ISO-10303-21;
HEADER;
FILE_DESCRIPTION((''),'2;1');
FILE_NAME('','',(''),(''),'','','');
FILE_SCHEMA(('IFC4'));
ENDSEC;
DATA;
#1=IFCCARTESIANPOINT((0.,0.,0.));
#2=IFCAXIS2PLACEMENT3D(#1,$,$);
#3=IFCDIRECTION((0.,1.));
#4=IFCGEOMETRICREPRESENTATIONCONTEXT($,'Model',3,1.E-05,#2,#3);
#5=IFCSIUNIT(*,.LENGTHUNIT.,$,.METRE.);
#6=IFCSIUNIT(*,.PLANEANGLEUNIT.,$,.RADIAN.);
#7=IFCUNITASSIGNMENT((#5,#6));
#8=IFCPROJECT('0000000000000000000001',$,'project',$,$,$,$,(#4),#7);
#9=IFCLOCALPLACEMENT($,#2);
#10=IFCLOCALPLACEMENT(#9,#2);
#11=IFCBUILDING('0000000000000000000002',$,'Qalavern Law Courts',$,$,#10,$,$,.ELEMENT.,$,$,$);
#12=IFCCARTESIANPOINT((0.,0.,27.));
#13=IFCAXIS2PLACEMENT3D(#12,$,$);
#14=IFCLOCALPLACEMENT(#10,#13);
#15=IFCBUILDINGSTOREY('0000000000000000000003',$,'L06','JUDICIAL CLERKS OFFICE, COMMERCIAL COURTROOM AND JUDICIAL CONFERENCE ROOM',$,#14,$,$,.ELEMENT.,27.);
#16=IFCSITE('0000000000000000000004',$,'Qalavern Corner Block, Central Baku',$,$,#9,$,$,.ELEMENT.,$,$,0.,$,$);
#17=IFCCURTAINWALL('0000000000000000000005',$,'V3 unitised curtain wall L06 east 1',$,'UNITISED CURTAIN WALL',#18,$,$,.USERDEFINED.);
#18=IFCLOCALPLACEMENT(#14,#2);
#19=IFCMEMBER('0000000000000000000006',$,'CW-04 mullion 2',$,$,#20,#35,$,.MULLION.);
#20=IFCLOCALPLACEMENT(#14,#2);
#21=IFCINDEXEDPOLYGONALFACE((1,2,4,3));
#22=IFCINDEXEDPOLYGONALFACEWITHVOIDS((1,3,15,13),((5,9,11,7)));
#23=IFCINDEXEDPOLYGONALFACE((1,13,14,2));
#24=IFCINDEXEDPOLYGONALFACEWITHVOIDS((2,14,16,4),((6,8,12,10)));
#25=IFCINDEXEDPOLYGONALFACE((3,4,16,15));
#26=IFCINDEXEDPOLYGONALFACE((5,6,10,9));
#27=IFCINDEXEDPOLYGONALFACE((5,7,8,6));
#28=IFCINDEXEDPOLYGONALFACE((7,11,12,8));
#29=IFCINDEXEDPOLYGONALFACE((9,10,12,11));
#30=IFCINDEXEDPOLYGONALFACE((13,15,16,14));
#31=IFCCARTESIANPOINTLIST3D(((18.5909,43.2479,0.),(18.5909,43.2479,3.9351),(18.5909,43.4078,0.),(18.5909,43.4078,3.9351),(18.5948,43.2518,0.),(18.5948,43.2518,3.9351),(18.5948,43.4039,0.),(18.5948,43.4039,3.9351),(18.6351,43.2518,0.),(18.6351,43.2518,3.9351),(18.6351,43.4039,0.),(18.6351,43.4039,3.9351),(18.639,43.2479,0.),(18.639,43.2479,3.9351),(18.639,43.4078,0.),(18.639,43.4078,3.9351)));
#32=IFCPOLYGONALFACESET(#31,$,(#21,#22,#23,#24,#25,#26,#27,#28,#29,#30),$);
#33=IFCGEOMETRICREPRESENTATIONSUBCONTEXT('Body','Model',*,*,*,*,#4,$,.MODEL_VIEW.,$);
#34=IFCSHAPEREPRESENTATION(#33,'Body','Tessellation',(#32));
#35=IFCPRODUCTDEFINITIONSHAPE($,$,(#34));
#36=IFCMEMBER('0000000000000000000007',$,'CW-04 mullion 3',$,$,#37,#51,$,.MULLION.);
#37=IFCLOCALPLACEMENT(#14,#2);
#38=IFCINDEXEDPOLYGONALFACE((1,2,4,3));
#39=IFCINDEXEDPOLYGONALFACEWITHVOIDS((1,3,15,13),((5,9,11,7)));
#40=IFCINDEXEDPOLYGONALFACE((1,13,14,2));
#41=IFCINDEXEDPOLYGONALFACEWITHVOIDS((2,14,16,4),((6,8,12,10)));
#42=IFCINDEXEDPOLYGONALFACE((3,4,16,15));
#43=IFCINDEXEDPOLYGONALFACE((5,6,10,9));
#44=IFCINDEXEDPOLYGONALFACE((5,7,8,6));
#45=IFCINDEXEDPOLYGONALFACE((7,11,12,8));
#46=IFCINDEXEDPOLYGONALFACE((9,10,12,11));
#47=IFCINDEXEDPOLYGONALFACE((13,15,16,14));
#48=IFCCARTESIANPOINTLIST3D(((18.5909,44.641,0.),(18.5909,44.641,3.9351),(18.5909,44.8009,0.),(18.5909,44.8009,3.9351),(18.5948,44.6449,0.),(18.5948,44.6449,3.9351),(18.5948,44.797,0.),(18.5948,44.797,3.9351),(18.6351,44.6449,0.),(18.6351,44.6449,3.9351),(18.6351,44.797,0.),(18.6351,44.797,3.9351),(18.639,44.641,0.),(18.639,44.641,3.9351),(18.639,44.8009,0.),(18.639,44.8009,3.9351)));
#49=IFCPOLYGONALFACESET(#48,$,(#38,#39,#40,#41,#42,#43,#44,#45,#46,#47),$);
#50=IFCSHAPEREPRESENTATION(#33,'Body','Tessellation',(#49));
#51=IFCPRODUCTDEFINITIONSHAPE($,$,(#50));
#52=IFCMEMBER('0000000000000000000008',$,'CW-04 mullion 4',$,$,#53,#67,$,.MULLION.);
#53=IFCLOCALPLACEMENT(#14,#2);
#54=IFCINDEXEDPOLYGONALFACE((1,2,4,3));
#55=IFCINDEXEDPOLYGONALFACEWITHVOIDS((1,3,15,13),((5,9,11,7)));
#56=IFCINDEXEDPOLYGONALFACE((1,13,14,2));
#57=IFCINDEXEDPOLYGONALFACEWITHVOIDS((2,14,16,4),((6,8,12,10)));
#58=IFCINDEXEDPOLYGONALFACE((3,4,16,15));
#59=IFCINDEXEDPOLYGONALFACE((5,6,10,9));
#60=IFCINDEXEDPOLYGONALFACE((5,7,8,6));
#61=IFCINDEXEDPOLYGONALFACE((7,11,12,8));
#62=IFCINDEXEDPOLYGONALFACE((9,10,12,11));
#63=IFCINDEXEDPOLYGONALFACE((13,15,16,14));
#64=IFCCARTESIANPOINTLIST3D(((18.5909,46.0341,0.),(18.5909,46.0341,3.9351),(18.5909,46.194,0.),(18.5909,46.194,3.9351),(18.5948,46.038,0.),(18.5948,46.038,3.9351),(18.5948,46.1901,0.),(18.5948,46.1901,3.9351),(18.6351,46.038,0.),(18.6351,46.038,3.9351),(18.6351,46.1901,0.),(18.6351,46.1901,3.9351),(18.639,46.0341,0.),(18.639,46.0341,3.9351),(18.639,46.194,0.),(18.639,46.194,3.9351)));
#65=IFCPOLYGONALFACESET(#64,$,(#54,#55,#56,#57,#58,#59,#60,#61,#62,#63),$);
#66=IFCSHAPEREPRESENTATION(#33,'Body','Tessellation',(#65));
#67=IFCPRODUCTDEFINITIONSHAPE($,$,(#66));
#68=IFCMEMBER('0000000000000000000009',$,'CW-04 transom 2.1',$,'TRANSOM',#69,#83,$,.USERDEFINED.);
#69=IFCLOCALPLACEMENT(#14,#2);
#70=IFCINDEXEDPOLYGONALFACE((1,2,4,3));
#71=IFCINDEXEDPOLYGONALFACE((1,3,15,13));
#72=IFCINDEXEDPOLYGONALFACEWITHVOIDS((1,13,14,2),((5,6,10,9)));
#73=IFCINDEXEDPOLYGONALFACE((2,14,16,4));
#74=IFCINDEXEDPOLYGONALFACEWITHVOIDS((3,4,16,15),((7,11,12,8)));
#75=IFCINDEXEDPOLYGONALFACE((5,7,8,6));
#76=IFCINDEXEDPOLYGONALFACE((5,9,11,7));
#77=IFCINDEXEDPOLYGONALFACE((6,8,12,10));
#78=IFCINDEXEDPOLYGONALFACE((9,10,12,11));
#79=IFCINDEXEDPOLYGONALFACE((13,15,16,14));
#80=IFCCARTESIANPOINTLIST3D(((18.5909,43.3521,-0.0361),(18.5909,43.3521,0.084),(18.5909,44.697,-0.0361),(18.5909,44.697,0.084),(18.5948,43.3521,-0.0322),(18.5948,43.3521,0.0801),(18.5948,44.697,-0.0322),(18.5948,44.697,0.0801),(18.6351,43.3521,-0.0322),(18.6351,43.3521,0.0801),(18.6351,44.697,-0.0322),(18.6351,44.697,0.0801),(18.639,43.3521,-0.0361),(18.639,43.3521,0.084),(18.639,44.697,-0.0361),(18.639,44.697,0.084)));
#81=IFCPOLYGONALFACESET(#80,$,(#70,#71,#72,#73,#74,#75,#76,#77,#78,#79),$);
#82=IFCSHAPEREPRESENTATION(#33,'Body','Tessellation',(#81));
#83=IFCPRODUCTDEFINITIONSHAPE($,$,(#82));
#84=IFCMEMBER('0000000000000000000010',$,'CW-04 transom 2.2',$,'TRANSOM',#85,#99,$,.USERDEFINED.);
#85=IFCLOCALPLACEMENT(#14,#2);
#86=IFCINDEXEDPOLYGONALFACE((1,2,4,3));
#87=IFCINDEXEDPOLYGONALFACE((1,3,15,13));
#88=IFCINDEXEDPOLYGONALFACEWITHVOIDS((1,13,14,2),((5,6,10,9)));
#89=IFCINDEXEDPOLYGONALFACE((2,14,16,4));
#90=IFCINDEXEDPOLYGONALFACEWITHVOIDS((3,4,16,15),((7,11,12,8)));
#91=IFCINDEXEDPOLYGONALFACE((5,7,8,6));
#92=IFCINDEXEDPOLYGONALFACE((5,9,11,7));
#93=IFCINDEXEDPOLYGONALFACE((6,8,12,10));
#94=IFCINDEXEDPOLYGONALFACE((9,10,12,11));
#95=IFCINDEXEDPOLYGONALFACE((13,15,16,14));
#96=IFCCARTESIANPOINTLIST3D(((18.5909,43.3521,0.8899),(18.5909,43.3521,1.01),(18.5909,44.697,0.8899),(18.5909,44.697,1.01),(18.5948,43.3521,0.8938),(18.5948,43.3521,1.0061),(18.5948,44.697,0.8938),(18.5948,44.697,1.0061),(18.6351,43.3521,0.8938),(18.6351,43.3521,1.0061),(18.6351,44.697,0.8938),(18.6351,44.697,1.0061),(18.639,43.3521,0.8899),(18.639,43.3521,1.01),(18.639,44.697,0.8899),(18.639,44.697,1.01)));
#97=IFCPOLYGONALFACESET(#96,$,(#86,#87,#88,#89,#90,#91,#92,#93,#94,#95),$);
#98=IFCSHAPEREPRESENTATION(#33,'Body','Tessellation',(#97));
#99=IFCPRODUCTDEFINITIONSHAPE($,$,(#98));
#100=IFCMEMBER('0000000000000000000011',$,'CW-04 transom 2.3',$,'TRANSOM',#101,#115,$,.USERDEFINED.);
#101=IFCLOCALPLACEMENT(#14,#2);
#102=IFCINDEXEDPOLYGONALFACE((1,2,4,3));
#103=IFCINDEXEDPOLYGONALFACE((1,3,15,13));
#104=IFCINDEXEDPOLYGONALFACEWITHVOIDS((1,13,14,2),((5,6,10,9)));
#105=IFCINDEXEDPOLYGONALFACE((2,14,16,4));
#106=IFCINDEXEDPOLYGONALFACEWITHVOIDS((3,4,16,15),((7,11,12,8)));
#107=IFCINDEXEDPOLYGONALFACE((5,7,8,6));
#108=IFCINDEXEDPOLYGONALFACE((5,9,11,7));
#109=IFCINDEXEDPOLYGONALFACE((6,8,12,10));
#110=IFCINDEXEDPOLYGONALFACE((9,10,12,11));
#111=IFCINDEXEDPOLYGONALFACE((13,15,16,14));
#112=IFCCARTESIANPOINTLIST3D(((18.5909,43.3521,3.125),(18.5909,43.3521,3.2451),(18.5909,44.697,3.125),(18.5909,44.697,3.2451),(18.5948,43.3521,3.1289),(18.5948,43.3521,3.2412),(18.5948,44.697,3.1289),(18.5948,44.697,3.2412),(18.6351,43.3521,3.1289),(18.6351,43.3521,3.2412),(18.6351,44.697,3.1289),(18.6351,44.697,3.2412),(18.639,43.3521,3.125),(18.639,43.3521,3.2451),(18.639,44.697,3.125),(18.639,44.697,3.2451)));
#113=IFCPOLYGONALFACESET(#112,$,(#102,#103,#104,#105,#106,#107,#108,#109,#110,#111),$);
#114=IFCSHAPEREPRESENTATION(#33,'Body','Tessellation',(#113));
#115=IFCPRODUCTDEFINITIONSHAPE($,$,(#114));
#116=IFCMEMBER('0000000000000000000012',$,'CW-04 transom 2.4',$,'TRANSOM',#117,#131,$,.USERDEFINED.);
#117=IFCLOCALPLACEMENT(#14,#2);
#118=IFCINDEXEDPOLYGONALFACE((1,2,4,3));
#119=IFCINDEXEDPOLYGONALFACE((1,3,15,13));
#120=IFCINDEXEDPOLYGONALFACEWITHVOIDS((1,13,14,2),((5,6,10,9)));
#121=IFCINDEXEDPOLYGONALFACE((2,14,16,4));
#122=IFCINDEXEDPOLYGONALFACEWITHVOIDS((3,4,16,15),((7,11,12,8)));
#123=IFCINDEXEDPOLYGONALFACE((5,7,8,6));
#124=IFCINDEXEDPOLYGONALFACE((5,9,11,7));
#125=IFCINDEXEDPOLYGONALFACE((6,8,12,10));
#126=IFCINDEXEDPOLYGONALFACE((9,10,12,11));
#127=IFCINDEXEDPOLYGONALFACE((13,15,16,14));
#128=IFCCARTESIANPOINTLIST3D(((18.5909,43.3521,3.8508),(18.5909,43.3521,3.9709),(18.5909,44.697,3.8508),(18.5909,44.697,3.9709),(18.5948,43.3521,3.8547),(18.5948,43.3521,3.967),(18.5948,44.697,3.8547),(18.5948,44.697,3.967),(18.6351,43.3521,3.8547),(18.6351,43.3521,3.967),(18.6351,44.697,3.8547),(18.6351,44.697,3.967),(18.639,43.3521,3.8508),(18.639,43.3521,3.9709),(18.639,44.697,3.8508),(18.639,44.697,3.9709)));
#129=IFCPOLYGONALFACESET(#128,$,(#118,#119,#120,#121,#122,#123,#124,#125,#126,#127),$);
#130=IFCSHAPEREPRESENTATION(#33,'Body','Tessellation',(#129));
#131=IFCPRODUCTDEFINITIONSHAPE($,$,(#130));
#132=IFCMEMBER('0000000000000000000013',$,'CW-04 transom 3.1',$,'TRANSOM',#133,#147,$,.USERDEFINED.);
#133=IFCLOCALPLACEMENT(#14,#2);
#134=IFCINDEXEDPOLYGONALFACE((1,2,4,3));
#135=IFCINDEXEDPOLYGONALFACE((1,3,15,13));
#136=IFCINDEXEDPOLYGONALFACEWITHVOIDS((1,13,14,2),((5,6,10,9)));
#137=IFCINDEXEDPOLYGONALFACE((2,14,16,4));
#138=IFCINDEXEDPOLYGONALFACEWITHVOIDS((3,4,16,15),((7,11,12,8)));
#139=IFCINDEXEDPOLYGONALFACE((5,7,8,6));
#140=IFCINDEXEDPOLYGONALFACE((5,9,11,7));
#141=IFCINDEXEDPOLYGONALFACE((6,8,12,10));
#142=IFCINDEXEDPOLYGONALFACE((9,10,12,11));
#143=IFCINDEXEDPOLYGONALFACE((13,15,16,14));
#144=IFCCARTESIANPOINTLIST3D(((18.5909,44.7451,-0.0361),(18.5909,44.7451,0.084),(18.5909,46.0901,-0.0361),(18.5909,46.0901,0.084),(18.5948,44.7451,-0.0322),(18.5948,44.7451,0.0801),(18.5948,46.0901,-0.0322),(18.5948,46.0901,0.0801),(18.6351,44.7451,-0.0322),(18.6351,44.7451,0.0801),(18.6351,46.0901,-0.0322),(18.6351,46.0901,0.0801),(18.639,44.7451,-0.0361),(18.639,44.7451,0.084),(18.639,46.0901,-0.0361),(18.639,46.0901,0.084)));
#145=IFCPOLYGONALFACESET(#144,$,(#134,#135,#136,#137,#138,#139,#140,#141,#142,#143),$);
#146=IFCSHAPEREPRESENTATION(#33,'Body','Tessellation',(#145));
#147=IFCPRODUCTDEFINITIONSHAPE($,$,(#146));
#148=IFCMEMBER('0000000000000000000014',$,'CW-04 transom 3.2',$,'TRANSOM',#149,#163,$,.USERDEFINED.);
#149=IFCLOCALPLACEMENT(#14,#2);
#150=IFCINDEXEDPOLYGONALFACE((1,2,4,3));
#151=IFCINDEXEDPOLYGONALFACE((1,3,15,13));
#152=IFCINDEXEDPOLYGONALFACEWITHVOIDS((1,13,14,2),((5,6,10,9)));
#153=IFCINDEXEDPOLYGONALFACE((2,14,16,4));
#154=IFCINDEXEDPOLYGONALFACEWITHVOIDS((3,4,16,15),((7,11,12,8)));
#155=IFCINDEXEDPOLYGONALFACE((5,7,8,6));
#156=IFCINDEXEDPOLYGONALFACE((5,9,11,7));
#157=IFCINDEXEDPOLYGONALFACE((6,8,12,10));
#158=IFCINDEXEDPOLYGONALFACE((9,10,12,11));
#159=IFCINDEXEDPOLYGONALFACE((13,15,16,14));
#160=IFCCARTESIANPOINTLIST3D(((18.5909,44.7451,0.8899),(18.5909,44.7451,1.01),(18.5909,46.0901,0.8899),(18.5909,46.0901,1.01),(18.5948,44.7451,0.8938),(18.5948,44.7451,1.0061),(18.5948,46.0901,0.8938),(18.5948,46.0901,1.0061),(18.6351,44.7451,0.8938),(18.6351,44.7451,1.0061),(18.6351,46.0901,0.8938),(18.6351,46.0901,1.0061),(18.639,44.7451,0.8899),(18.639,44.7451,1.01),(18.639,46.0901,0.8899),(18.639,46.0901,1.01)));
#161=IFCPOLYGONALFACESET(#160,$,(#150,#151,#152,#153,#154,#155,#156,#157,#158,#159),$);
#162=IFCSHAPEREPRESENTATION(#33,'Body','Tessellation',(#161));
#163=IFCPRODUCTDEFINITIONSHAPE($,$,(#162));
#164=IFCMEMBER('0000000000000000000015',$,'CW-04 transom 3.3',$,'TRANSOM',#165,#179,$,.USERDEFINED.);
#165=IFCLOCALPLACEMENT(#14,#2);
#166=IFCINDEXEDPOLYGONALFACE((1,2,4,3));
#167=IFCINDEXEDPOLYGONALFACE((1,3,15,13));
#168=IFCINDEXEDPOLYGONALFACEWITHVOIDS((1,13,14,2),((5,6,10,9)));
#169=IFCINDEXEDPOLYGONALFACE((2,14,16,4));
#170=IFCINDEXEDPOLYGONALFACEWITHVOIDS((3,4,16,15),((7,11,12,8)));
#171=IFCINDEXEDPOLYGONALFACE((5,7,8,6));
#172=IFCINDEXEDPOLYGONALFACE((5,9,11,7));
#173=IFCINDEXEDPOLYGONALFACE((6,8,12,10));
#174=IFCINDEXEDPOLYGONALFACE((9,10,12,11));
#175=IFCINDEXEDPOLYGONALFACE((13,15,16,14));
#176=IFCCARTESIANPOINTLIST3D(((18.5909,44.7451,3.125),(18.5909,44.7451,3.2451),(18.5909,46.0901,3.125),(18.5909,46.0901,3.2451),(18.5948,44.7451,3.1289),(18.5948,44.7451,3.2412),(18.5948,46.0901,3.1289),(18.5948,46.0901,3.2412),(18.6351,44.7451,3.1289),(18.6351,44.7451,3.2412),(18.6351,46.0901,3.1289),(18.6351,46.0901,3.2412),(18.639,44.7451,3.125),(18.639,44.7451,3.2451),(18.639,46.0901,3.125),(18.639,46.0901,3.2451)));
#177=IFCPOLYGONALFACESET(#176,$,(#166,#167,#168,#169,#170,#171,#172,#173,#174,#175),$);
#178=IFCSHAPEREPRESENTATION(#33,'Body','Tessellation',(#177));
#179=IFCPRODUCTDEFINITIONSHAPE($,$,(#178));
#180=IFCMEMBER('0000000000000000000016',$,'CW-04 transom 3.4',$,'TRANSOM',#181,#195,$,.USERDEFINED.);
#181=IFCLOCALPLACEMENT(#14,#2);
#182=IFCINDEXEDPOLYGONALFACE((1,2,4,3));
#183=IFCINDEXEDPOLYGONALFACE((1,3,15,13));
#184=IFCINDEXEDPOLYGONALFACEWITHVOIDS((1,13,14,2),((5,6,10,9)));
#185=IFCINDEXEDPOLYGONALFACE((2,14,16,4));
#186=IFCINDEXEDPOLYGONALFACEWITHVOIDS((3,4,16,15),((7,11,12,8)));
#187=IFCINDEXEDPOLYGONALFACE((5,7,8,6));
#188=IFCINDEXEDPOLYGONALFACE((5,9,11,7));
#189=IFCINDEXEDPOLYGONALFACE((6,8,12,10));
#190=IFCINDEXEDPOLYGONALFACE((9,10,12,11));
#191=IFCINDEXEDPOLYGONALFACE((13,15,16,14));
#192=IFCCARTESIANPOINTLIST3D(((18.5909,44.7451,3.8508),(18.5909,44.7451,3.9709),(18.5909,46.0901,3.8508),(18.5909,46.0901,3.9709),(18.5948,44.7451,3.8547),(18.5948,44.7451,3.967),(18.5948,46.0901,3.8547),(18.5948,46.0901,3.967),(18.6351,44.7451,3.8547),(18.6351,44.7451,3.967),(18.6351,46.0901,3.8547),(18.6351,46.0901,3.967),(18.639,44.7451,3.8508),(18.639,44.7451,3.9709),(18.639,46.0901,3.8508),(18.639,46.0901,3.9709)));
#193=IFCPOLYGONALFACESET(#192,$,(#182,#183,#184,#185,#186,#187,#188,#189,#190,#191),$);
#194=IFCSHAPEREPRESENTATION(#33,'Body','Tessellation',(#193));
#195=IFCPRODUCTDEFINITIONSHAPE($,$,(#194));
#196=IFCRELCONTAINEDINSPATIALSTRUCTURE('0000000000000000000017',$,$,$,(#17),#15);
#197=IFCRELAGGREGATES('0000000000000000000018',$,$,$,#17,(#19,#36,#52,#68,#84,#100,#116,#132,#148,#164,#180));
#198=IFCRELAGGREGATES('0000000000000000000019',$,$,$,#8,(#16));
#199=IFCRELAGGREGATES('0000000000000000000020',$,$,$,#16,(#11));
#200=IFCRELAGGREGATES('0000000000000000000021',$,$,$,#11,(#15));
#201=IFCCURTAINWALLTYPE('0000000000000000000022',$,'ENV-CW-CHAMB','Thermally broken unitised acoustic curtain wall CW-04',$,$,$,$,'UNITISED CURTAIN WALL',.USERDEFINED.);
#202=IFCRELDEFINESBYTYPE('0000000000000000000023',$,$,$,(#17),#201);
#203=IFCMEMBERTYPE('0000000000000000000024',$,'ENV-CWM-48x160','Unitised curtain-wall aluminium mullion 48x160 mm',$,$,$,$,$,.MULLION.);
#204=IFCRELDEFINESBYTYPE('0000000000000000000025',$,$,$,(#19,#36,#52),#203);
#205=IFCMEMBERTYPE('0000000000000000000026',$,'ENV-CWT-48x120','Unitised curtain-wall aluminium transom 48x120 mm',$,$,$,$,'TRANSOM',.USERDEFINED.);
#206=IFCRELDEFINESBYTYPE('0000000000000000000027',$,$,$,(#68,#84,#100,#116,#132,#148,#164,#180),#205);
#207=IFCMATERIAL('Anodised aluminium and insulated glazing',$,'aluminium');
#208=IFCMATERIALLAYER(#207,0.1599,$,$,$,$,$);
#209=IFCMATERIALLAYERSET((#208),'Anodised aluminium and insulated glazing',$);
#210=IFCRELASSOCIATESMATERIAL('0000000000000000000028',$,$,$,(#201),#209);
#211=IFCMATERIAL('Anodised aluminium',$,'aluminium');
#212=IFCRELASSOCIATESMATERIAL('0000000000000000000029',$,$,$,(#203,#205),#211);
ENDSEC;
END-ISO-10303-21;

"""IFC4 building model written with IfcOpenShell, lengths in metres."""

from ifc_helpers import new_model, si_unit, direction, frame, origin, origin_2d, place, context, subcontext, project, spatial, hollow_rectangle, extrude, material, layer, layer_set, material_profile, profile_set, type_object, element, aggregate, save


model = new_model("IFC4")

# Units and contexts
model_context = context("Model", 3, precision=1e-05, world=origin(), true_north=direction((0.0, 1.0)))
body_context = subcontext(model_context, "Body", "Model", "MODEL_VIEW")
ifc_project = project(units=[si_unit("LENGTHUNIT", "METRE"), si_unit("PLANEANGLEUNIT", "RADIAN")], contexts=[model_context])

# Site, building, storey
site_placement = place(None, origin())
site = spatial("IfcSite", under=ifc_project, at=site_placement, Name="Qalavern Corner Block, Central Baku", CompositionType="ELEMENT", RefElevation=0.0)
building_placement = place(site_placement, origin())
building = spatial("IfcBuilding", under=site, at=building_placement, Name="Qalavern Law Courts", CompositionType="ELEMENT")
storey_placement = place(building_placement, frame((0.0, 0.0, 27.0)))
storey = spatial("IfcBuildingStorey", under=building, at=storey_placement, Name="L06", Description="JUDICIAL CLERKS OFFICE, COMMERCIAL COURTROOM AND JUDICIAL CONFERENCE ROOM", CompositionType="ELEMENT", Elevation=27.0)

# Curtain wall, members
ifc_material_1 = material(Name="Anodised aluminium and insulated glazing", Category="aluminium")
ifc_layer_1 = layer(ifc_material_1, 0.1599)
ifc_layer_set_1 = layer_set([ifc_layer_1], Name="Anodised aluminium and insulated glazing")
curtain_wall_type = type_object("IfcCurtainWallType", Name="ENV-CW-CHAMB", Description="Thermally broken unitised acoustic curtain wall CW-04", ElementType="UNITISED CURTAIN WALL", PredefinedType="USERDEFINED", material=ifc_layer_set_1)
curtain_wall_placement = place(storey_placement, origin())
curtain_wall = element("IfcCurtainWall", 1, at=curtain_wall_placement, inside=storey, type_object=curtain_wall_type, Name="V3 unitised curtain wall L06 east 1", ObjectType="UNITISED CURTAIN WALL", PredefinedType="USERDEFINED")
ifc_material_2 = material(Name="Anodised aluminium", Category="aluminium")
ifc_material_profile_1 = material_profile(ifc_material_2, hollow_rectangle(XDim=0.0481, YDim=0.1599, WallThickness=0.0039, at=origin_2d()), Name="ALU MULLION 48x160")
ifc_profile_set_1 = profile_set([ifc_material_profile_1], Name="Anodised aluminium")
member_type_1 = type_object("IfcMemberType", Name="ENV-CWM-48x160", Description="Unitised curtain-wall aluminium mullion 48x160 mm", PredefinedType="MULLION", material=ifc_profile_set_1)
member_1_placement = place(storey_placement, frame((18.615, 43.3279, 0.0), z_axis=(0.0, 0.0, 1.0), x_axis=(-1.0, 0.0, 0.0)))
member_1 = element("IfcMember", 2, at=member_1_placement, type_object=member_type_1, Name="CW-04 mullion 2", PredefinedType="MULLION", context=body_context, shape_type="SweptSolid", body=[
    extrude(hollow_rectangle(XDim=0.0481, YDim=0.1599, WallThickness=0.0039, at=origin_2d()), origin(), (0.0, 0.0, 1.0), 3.9351),
])
member_2_placement = place(storey_placement, frame((18.615, 44.7209, 0.0), z_axis=(0.0, 0.0, 1.0), x_axis=(-1.0, 0.0, 0.0)))
member_2 = element("IfcMember", 3, at=member_2_placement, type_object=member_type_1, Name="CW-04 mullion 3", PredefinedType="MULLION", context=body_context, shape_type="SweptSolid", body=[
    extrude(hollow_rectangle(XDim=0.0481, YDim=0.1599, WallThickness=0.0039, at=origin_2d()), origin(), (0.0, 0.0, 1.0), 3.9351),
])
member_3_placement = place(storey_placement, frame((18.615, 46.114, 0.0), z_axis=(0.0, 0.0, 1.0), x_axis=(-1.0, 0.0, 0.0)))
member_3 = element("IfcMember", 4, at=member_3_placement, type_object=member_type_1, Name="CW-04 mullion 4", PredefinedType="MULLION", context=body_context, shape_type="SweptSolid", body=[
    extrude(hollow_rectangle(XDim=0.0481, YDim=0.1599, WallThickness=0.0039, at=origin_2d()), origin(), (0.0, 0.0, 1.0), 3.9351),
])
ifc_material_profile_2 = material_profile(ifc_material_2, hollow_rectangle(XDim=0.0481, YDim=0.1201, WallThickness=0.0039, at=origin_2d()), Name="ALU TRANSOM 48x120")
ifc_profile_set_2 = profile_set([ifc_material_profile_2], Name="Anodised aluminium")
member_type_2 = type_object("IfcMemberType", Name="ENV-CWT-48x120", Description="Unitised curtain-wall aluminium transom 48x120 mm", ElementType="TRANSOM", PredefinedType="USERDEFINED", material=ifc_profile_set_2)
member_4_placement = place(storey_placement, frame((18.615, 43.3521, 0.0239), z_axis=(0.0, 1.0, 0.0), x_axis=(-1.0, 0.0, 0.0)))
member_4 = element("IfcMember", 5, at=member_4_placement, type_object=member_type_2, Name="CW-04 transom 2.1", ObjectType="TRANSOM", PredefinedType="USERDEFINED", context=body_context, shape_type="SweptSolid", body=[
    extrude(hollow_rectangle(XDim=0.0481, YDim=0.1201, WallThickness=0.0039, at=origin_2d()), origin(), (0.0, 0.0, 1.0), 1.345),
])
member_5_placement = place(storey_placement, frame((18.615, 43.3521, 0.95), z_axis=(0.0, 1.0, 0.0), x_axis=(-1.0, 0.0, 0.0)))
member_5 = element("IfcMember", 6, at=member_5_placement, type_object=member_type_2, Name="CW-04 transom 2.2", ObjectType="TRANSOM", PredefinedType="USERDEFINED", context=body_context, shape_type="SweptSolid", body=[
    extrude(hollow_rectangle(XDim=0.0481, YDim=0.1201, WallThickness=0.0039, at=origin_2d()), origin(), (0.0, 0.0, 1.0), 1.345),
])
member_6_placement = place(storey_placement, frame((18.615, 43.3521, 3.1851), z_axis=(0.0, 1.0, 0.0), x_axis=(-1.0, 0.0, 0.0)))
member_6 = element("IfcMember", 7, at=member_6_placement, type_object=member_type_2, Name="CW-04 transom 2.3", ObjectType="TRANSOM", PredefinedType="USERDEFINED", context=body_context, shape_type="SweptSolid", body=[
    extrude(hollow_rectangle(XDim=0.0481, YDim=0.1201, WallThickness=0.0039, at=origin_2d()), origin(), (0.0, 0.0, 1.0), 1.345),
])
member_7_placement = place(storey_placement, frame((18.615, 43.3521, 3.9109), z_axis=(0.0, 1.0, 0.0), x_axis=(-1.0, 0.0, 0.0)))
member_7 = element("IfcMember", 8, at=member_7_placement, type_object=member_type_2, Name="CW-04 transom 2.4", ObjectType="TRANSOM", PredefinedType="USERDEFINED", context=body_context, shape_type="SweptSolid", body=[
    extrude(hollow_rectangle(XDim=0.0481, YDim=0.1201, WallThickness=0.0039, at=origin_2d()), origin(), (0.0, 0.0, 1.0), 1.345),
])
member_8_placement = place(storey_placement, frame((18.615, 44.7451, 0.0239), z_axis=(0.0, 1.0, 0.0), x_axis=(-1.0, 0.0, 0.0)))
member_8 = element("IfcMember", 9, at=member_8_placement, type_object=member_type_2, Name="CW-04 transom 3.1", ObjectType="TRANSOM", PredefinedType="USERDEFINED", context=body_context, shape_type="SweptSolid", body=[
    extrude(hollow_rectangle(XDim=0.0481, YDim=0.1201, WallThickness=0.0039, at=origin_2d()), origin(), (0.0, 0.0, 1.0), 1.345),
])
member_9_placement = place(storey_placement, frame((18.615, 44.7451, 0.95), z_axis=(0.0, 1.0, 0.0), x_axis=(-1.0, 0.0, 0.0)))
member_9 = element("IfcMember", 10, at=member_9_placement, type_object=member_type_2, Name="CW-04 transom 3.2", ObjectType="TRANSOM", PredefinedType="USERDEFINED", context=body_context, shape_type="SweptSolid", body=[
    extrude(hollow_rectangle(XDim=0.0481, YDim=0.1201, WallThickness=0.0039, at=origin_2d()), origin(), (0.0, 0.0, 1.0), 1.345),
])
member_10_placement = place(storey_placement, frame((18.615, 44.7451, 3.1851), z_axis=(0.0, 1.0, 0.0), x_axis=(-1.0, 0.0, 0.0)))
member_10 = element("IfcMember", 11, at=member_10_placement, type_object=member_type_2, Name="CW-04 transom 3.3", ObjectType="TRANSOM", PredefinedType="USERDEFINED", context=body_context, shape_type="SweptSolid", body=[
    extrude(hollow_rectangle(XDim=0.0481, YDim=0.1201, WallThickness=0.0039, at=origin_2d()), origin(), (0.0, 0.0, 1.0), 1.345),
])
member_11_placement = place(storey_placement, frame((18.615, 44.7451, 3.9109), z_axis=(0.0, 1.0, 0.0), x_axis=(-1.0, 0.0, 0.0)))
member_11 = element("IfcMember", 12, at=member_11_placement, type_object=member_type_2, Name="CW-04 transom 3.4", ObjectType="TRANSOM", PredefinedType="USERDEFINED", context=body_context, shape_type="SweptSolid", body=[
    extrude(hollow_rectangle(XDim=0.0481, YDim=0.1201, WallThickness=0.0039, at=origin_2d()), origin(), (0.0, 0.0, 1.0), 1.345),
])
aggregate(curtain_wall, [member_1, member_2, member_3, member_4, member_5, member_6, member_7, member_8, member_9, member_10, member_11])

save(model, "model.ifc")
